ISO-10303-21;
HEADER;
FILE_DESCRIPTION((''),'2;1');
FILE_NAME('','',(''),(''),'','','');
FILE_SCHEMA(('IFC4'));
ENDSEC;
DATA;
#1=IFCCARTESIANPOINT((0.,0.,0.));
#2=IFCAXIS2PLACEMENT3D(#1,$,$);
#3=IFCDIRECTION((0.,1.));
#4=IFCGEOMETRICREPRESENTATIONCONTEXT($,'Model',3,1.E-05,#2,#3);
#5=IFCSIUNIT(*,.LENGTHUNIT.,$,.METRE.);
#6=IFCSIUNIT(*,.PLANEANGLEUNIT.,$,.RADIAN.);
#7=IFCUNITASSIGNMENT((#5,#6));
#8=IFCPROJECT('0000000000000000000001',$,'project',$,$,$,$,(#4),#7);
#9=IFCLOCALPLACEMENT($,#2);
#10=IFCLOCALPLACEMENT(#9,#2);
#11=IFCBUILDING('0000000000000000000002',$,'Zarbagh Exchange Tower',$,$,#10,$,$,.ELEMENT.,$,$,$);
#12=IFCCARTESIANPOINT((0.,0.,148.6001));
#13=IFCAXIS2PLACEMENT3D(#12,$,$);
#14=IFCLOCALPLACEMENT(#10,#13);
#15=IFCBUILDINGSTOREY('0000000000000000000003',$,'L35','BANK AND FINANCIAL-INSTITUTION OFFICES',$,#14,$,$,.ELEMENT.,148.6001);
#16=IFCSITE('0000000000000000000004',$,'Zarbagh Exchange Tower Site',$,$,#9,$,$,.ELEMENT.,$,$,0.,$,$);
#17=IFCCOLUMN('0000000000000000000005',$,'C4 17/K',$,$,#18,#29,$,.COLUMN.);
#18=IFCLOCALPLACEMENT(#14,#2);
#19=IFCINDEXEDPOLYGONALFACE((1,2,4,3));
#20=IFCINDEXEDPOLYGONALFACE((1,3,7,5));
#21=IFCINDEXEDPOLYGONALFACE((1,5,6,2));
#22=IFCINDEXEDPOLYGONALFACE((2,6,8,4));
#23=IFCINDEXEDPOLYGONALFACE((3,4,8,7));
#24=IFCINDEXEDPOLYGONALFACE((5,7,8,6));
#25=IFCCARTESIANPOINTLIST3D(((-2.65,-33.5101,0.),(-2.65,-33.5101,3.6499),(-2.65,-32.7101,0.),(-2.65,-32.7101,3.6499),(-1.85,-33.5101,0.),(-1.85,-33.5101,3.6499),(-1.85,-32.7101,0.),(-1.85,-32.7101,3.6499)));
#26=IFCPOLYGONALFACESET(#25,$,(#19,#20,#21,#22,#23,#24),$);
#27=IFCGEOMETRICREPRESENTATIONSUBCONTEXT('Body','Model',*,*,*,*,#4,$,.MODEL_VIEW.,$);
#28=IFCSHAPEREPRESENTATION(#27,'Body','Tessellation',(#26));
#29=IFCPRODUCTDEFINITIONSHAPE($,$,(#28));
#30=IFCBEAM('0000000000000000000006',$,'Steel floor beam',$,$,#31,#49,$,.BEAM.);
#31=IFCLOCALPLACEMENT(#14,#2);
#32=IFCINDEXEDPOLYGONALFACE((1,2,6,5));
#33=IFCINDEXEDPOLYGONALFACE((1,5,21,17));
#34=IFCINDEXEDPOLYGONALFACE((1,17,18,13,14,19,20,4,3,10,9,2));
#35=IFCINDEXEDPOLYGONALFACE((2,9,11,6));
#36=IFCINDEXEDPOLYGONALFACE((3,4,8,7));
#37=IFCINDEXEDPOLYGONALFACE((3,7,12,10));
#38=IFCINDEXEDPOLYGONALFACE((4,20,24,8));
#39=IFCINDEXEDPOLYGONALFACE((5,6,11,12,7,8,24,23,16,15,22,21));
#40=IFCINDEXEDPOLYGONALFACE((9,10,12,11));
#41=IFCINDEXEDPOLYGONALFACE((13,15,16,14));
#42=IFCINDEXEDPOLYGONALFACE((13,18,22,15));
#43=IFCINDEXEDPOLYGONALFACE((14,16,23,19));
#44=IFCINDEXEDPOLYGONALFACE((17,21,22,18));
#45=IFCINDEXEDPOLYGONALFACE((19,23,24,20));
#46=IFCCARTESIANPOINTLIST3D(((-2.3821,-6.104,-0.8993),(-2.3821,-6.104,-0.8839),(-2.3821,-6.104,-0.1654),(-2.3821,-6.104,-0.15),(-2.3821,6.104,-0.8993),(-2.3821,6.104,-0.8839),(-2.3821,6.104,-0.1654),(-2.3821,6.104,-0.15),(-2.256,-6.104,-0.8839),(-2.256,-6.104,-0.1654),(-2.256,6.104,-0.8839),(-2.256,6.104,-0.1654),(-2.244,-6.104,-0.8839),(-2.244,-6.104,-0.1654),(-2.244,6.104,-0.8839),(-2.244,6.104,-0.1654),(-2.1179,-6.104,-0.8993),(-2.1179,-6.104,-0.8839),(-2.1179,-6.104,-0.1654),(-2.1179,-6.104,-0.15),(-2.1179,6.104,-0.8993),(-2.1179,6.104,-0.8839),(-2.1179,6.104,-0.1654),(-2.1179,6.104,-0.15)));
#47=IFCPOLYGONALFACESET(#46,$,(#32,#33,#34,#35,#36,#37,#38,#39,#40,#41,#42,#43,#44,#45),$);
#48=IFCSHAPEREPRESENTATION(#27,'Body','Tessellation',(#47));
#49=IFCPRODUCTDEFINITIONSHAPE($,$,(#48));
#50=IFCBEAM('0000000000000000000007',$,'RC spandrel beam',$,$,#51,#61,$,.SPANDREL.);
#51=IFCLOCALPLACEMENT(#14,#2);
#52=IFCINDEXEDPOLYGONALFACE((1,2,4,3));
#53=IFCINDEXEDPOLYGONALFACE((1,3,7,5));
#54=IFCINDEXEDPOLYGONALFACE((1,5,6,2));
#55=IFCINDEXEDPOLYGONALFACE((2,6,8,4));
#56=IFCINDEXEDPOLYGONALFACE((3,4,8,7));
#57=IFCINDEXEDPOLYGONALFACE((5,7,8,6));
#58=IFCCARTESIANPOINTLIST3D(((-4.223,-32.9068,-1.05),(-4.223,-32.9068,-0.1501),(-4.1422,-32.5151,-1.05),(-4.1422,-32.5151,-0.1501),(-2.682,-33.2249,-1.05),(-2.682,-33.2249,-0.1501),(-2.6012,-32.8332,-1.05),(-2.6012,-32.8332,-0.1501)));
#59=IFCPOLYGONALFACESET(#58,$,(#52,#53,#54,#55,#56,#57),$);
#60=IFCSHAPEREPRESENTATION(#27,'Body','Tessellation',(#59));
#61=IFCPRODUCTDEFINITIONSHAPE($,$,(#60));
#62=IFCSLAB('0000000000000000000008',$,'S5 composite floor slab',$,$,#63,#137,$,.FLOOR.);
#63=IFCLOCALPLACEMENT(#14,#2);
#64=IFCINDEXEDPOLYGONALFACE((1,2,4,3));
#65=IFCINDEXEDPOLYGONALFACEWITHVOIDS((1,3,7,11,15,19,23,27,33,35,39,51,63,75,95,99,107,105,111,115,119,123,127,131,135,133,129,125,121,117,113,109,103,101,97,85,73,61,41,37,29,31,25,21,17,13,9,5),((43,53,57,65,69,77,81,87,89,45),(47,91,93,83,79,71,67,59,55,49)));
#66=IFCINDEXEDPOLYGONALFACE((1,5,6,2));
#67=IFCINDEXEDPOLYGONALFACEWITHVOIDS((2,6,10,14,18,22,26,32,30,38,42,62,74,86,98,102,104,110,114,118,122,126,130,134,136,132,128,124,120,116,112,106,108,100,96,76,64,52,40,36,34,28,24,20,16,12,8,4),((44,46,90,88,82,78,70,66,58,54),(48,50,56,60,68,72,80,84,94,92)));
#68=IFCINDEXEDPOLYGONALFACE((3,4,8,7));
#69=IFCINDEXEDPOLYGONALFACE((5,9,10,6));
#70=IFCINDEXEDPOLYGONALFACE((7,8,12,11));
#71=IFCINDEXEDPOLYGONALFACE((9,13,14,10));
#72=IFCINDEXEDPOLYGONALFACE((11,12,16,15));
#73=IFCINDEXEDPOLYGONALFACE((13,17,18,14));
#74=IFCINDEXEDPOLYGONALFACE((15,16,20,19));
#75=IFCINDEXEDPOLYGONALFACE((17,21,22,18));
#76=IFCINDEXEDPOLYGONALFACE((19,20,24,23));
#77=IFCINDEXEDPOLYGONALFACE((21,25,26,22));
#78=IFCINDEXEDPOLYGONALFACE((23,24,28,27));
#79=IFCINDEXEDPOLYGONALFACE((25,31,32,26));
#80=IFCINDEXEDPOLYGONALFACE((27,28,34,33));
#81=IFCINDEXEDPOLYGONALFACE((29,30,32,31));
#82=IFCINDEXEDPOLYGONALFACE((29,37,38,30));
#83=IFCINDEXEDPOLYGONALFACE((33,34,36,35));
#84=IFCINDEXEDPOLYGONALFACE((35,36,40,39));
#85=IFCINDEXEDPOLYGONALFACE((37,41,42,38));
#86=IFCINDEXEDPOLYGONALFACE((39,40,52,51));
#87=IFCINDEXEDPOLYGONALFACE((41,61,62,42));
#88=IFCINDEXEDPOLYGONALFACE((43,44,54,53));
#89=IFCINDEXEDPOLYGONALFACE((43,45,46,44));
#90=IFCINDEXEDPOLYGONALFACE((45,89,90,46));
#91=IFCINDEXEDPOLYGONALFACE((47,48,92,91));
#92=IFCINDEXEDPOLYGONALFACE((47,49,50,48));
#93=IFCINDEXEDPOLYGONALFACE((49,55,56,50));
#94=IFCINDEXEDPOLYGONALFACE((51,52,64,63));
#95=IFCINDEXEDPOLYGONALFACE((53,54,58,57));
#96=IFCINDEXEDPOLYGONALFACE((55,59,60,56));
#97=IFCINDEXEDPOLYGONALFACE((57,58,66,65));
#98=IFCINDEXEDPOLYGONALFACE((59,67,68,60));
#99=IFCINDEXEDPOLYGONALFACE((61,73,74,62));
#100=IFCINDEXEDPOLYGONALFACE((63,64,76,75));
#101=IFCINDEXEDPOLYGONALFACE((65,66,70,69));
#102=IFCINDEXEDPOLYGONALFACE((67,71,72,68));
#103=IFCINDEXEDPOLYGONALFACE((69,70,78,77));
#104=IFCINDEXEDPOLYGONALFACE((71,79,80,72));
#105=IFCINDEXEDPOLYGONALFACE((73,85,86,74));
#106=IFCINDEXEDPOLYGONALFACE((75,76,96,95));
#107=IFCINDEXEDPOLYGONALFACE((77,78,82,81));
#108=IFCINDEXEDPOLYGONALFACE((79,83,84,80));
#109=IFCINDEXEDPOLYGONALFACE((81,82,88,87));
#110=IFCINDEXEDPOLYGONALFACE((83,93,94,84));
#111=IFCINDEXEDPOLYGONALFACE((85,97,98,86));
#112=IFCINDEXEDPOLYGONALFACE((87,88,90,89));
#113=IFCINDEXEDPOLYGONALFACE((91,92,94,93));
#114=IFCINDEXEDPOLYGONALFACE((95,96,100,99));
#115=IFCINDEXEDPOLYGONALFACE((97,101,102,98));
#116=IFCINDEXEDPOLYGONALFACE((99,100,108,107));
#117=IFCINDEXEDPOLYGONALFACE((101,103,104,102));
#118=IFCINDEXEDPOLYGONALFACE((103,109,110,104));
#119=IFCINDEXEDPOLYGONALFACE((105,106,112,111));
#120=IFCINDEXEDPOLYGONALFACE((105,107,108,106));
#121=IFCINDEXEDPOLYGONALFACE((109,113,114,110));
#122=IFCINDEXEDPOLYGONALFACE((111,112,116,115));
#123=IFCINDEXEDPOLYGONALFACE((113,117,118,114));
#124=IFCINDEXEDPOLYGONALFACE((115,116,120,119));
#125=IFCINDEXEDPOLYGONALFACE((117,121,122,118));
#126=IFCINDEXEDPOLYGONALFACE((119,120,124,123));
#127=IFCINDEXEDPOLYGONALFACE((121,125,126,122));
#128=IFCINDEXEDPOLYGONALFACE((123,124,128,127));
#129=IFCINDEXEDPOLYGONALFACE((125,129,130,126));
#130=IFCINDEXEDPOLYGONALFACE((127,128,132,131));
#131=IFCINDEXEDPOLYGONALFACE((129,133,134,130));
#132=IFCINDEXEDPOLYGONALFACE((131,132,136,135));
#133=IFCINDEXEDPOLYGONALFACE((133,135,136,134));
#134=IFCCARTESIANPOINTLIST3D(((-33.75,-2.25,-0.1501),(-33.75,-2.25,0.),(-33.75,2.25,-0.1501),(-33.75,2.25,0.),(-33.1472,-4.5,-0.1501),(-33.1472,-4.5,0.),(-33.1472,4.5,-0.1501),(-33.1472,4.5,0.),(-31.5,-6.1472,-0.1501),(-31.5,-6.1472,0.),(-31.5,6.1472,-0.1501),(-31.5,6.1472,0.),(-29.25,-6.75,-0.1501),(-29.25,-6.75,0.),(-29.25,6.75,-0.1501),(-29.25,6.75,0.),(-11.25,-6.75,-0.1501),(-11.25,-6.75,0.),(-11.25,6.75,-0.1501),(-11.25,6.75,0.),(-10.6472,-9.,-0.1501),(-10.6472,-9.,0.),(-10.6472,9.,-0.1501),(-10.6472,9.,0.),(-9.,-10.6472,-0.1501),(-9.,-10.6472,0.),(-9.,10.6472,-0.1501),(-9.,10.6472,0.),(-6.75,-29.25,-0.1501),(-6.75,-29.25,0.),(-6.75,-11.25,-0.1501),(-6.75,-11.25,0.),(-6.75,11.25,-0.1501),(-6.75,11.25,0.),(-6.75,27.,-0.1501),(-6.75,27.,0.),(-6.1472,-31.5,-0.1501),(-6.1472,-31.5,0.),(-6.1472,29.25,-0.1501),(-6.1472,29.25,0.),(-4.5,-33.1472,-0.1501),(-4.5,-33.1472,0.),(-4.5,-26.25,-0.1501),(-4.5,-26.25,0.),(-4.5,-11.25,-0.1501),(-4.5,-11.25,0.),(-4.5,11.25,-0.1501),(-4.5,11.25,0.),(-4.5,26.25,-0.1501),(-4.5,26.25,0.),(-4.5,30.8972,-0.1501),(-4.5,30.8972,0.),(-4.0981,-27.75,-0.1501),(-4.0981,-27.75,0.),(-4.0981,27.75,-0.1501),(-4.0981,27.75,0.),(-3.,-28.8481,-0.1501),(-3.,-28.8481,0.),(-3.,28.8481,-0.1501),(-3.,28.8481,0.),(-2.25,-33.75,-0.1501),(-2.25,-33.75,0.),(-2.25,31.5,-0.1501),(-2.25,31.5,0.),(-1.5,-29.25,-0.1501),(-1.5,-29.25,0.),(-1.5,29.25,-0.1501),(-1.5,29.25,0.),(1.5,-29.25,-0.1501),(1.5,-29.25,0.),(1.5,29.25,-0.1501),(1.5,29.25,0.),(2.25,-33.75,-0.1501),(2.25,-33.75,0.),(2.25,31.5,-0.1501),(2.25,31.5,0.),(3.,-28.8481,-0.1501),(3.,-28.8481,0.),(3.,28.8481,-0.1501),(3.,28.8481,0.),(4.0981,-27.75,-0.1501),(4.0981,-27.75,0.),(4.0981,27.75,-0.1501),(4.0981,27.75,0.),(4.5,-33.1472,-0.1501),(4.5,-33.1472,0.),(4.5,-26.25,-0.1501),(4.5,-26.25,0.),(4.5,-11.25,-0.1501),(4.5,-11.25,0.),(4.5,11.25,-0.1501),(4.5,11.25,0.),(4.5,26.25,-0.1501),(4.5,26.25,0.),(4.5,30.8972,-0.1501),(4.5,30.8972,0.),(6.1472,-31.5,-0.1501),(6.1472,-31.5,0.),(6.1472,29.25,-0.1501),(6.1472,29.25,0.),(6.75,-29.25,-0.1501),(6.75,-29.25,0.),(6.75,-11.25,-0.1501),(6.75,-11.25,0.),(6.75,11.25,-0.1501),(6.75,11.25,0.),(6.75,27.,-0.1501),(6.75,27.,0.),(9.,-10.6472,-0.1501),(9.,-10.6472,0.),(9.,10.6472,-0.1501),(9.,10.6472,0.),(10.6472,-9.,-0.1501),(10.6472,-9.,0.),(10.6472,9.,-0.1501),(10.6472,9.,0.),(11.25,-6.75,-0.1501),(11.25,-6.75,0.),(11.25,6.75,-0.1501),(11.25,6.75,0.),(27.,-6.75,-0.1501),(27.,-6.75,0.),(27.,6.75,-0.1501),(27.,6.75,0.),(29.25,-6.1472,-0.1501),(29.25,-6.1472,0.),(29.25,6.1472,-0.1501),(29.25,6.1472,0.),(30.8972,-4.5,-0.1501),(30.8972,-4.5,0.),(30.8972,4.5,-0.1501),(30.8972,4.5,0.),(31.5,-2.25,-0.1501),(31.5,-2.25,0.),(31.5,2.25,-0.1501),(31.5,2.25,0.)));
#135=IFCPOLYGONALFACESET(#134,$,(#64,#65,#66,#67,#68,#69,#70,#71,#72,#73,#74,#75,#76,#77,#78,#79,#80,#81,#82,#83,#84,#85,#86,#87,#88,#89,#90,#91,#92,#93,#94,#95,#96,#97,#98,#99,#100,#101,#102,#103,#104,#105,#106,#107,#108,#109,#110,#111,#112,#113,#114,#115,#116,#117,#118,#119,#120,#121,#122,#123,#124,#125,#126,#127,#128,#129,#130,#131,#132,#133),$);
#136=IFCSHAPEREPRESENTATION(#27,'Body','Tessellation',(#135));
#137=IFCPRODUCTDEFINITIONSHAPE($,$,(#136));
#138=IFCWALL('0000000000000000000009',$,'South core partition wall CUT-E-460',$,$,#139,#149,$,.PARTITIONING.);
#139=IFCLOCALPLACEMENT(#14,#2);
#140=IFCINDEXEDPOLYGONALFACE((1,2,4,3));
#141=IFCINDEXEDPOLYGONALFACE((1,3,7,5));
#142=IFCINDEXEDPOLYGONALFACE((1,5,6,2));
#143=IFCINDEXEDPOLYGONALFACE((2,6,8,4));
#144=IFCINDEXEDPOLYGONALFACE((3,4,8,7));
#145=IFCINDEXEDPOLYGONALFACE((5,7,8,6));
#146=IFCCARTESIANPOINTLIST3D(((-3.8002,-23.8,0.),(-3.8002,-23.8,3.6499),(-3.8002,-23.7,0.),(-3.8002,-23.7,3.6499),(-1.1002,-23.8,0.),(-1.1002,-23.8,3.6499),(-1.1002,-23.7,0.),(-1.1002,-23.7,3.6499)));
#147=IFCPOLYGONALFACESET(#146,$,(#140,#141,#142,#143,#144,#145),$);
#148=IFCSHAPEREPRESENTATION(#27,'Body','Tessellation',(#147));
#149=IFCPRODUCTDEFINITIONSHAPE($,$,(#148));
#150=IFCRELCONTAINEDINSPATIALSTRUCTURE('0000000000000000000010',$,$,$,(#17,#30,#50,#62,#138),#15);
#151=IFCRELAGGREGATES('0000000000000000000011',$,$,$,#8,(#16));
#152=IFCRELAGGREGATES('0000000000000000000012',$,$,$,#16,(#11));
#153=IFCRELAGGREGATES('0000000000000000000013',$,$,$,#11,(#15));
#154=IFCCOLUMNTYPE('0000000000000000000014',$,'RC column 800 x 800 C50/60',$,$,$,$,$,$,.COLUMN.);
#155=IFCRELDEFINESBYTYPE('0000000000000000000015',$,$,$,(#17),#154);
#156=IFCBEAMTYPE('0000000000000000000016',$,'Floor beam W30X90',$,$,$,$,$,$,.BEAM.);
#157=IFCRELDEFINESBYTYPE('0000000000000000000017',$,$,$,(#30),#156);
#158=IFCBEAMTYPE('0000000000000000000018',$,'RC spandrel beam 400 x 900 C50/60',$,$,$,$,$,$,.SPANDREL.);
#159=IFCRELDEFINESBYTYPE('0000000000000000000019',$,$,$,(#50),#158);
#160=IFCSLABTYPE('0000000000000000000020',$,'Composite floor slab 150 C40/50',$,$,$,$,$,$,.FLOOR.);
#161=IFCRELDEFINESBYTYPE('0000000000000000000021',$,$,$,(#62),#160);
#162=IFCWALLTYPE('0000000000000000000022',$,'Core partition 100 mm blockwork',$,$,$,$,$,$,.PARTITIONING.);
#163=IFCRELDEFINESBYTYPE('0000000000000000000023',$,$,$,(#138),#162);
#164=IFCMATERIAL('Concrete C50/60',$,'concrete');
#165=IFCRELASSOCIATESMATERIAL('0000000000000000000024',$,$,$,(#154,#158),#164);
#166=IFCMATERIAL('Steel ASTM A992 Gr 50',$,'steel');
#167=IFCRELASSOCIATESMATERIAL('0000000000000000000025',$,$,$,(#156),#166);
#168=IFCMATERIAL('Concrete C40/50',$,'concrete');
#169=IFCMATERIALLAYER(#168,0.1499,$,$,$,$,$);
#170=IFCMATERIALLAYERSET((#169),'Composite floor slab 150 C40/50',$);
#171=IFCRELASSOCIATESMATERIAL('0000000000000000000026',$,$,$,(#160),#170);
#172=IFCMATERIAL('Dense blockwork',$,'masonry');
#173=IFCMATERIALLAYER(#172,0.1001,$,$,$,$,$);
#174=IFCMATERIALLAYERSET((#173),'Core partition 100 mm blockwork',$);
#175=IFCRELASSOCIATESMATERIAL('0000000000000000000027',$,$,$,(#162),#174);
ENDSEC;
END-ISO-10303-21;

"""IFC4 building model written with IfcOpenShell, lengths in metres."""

from ifc_helpers import new_model, si_unit, direction, frame, frame_2d, origin, origin_2d, place, context, subcontext, project, spatial, polyline, rectangle, i_section, outline, extrude, material, layer, layer_set, material_profile, profile_set, type_object, element, save


model = new_model("IFC4")

# Units and contexts
model_context = context("Model", 3, precision=1e-05, world=origin(), true_north=direction((0.0, 1.0)))
body_context = subcontext(model_context, "Body", "Model", "MODEL_VIEW")
ifc_project = project(units=[si_unit("LENGTHUNIT", "METRE"), si_unit("PLANEANGLEUNIT", "RADIAN")], contexts=[model_context])

# Site, building, storey
site_placement = place(None, origin())
site = spatial("IfcSite", under=ifc_project, at=site_placement, Name="Zarbagh Exchange Tower Site", CompositionType="ELEMENT", RefElevation=0.0)
building_placement = place(site_placement, origin())
building = spatial("IfcBuilding", under=site, at=building_placement, Name="Zarbagh Exchange Tower", CompositionType="ELEMENT")
storey_placement = place(building_placement, frame((0.0, 0.0, 148.6001)))
storey = spatial("IfcBuildingStorey", under=building, at=storey_placement, Name="L35", Description="BANK AND FINANCIAL-INSTITUTION OFFICES", CompositionType="ELEMENT", Elevation=148.6001)

# Column
ifc_material_1 = material(Name="Concrete C50/60", Category="concrete")
ifc_material_profile_1 = material_profile(ifc_material_1, rectangle(XDim=0.8, YDim=0.8, at=origin_2d()), Name="RC column 800 x 800 C50/60")
ifc_profile_set_1 = profile_set([ifc_material_profile_1], Name="Concrete C50/60")
column_type = type_object("IfcColumnType", Name="RC column 800 x 800 C50/60", PredefinedType="COLUMN", material=ifc_profile_set_1)
column_placement = place(storey_placement, frame((-2.25, -33.1101, 0.0), z_axis=(0.0, 0.0, 1.0), x_axis=(1.0, 0.0, 0.0)))
element("IfcColumn", 1, at=column_placement, inside=storey, type_object=column_type, Name="C4 17/K", PredefinedType="COLUMN", context=body_context, shape_type="SweptSolid", body=[
    extrude(rectangle(XDim=0.8, YDim=0.8, at=origin_2d()), origin(), (0.0, 0.0, 1.0), 3.6499),
])

# Beams
ifc_material_2 = material(Name="Steel ASTM A992 Gr 50", Category="steel")
ifc_material_profile_2 = material_profile(ifc_material_2, i_section(OverallWidth=0.2642, OverallDepth=0.7493, WebThickness=0.012, FlangeThickness=0.0154, at=origin_2d()), Name="W30X90")
ifc_profile_set_2 = profile_set([ifc_material_profile_2], Name="Steel ASTM A992 Gr 50")
beam_type_1 = type_object("IfcBeamType", Name="Floor beam W30X90", PredefinedType="BEAM", material=ifc_profile_set_2)
beam_1_placement = place(storey_placement, frame((-2.25, -6.104, -0.5247), z_axis=(0.0, 1.0, 0.0), x_axis=(-1.0, 0.0, 0.0)))
element("IfcBeam", 2, at=beam_1_placement, inside=storey, type_object=beam_type_1, Name="Steel floor beam", PredefinedType="BEAM", context=body_context, shape_type="SweptSolid", body=[
    extrude(i_section(OverallWidth=0.2642, OverallDepth=0.7493, WebThickness=0.012, FlangeThickness=0.0154, at=origin_2d()), origin(), (0.0, 0.0, 1.0), 12.208),
])
ifc_material_profile_3 = material_profile(ifc_material_1, rectangle(XDim=0.3999, YDim=0.8999, at=origin_2d()), Name="RC spandrel beam 400 x 900 C50/60")
ifc_profile_set_3 = profile_set([ifc_material_profile_3], Name="Concrete C50/60")
beam_type_2 = type_object("IfcBeamType", Name="RC spandrel beam 400 x 900 C50/60", PredefinedType="SPANDREL", material=ifc_profile_set_3)
beam_2_placement = place(storey_placement, frame((-2.6416, -33.0291, -0.6001), z_axis=(-0.979351, 0.202169, 0.0), x_axis=(-0.202169, -0.979351, 0.0)))
element("IfcBeam", 3, at=beam_2_placement, inside=storey, type_object=beam_type_2, Name="RC spandrel beam", PredefinedType="SPANDREL", context=body_context, shape_type="SweptSolid", body=[
    extrude(rectangle(XDim=0.3999, YDim=0.8999, at=origin_2d()), origin(), (0.0, 0.0, 1.0), 1.5735),
])

# Slab
ifc_material_3 = material(Name="Concrete C40/50", Category="concrete")
ifc_layer_1 = layer(ifc_material_3, 0.1499)
ifc_layer_set_1 = layer_set([ifc_layer_1], Name="Composite floor slab 150 C40/50")
slab_type = type_object("IfcSlabType", Name="Composite floor slab 150 C40/50", PredefinedType="FLOOR", material=ifc_layer_set_1)
slab_placement = place(storey_placement, frame((0.0, 0.0, -0.1501)))
element("IfcSlab", 4, at=slab_placement, inside=storey, type_object=slab_type, Name="S5 composite floor slab", PredefinedType="FLOOR", context=body_context, shape_type="SweptSolid", body=[
    extrude(outline(polyline([(-2.25, -33.75), (-4.5, -33.1472), (-6.1472, -31.5), (-6.75, -29.25), (-6.75, -11.25), (-9.0, -10.6472), (-10.6472, -9.0), (-11.25, -6.75), (-29.25, -6.75), (-31.5, -6.1472), (-33.1472, -4.5), (-33.75, -2.25), (-33.75, 2.25), (-33.1472, 4.5), (-31.5, 6.1472), (-29.25, 6.75), (-11.25, 6.75), (-10.6472, 9.0), (-9.0, 10.6472), (-6.75, 11.25), (-6.75, 27.0), (-6.1472, 29.25), (-4.5, 30.8972), (-2.25, 31.5), (2.25, 31.5), (4.5, 30.8972), (6.1472, 29.25), (6.75, 27.0), (6.75, 11.25), (9.0, 10.6472), (10.6472, 9.0), (11.25, 6.75), (27.0, 6.75), (29.25, 6.1472), (30.8972, 4.5), (31.5, 2.25), (31.5, -2.25), (30.8972, -4.5), (29.25, -6.1472), (27.0, -6.75), (11.25, -6.75), (10.6472, -9.0), (9.0, -10.6472), (6.75, -11.25), (6.75, -29.25), (6.1472, -31.5), (4.5, -33.1472), (2.25, -33.75), (-2.25, -33.75)]), holes=[polyline([(4.5, 11.25), (4.5, 26.25), (4.0981, 27.75), (3.0, 28.8481), (1.5, 29.25), (-1.5, 29.25), (-3.0, 28.8481), (-4.0981, 27.75), (-4.5, 26.25), (-4.5, 11.25), (4.5, 11.25)]), polyline([(-1.5, -29.25), (1.5, -29.25), (3.0, -28.8481), (4.0981, -27.75), (4.5, -26.25), (4.5, -11.25), (-4.5, -11.25), (-4.5, -26.25), (-4.0981, -27.75), (-3.0, -28.8481), (-1.5, -29.25)])]), origin(), (0.0, 0.0, 1.0), 0.1501),
])

# Wall
ifc_material_4 = material(Name="Dense blockwork", Category="masonry")
ifc_layer_2 = layer(ifc_material_4, 0.1001)
ifc_layer_set_2 = layer_set([ifc_layer_2], Name="Core partition 100 mm blockwork")
wall_type_1 = type_object("IfcWallType", Name="Core partition 100 mm blockwork", PredefinedType="PARTITIONING", material=ifc_layer_set_2)
wall_1_placement = place(storey_placement, frame((-1.1001, -23.75, 0.0), z_axis=(0.0, 0.0, 1.0), x_axis=(-1.0, 0.0, 0.0)))
element("IfcWall", 5, at=wall_1_placement, inside=storey, type_object=wall_type_1, Name="South core partition wall CUT-E-460", PredefinedType="PARTITIONING", context=body_context, shape_type="SweptSolid", body=[
    extrude(rectangle(XDim=2.7, YDim=0.1001, at=frame_2d((1.3501, 0.0))), origin(), (0.0, 0.0, 1.0), 3.6499),
])

save(model, "model.ifc")
